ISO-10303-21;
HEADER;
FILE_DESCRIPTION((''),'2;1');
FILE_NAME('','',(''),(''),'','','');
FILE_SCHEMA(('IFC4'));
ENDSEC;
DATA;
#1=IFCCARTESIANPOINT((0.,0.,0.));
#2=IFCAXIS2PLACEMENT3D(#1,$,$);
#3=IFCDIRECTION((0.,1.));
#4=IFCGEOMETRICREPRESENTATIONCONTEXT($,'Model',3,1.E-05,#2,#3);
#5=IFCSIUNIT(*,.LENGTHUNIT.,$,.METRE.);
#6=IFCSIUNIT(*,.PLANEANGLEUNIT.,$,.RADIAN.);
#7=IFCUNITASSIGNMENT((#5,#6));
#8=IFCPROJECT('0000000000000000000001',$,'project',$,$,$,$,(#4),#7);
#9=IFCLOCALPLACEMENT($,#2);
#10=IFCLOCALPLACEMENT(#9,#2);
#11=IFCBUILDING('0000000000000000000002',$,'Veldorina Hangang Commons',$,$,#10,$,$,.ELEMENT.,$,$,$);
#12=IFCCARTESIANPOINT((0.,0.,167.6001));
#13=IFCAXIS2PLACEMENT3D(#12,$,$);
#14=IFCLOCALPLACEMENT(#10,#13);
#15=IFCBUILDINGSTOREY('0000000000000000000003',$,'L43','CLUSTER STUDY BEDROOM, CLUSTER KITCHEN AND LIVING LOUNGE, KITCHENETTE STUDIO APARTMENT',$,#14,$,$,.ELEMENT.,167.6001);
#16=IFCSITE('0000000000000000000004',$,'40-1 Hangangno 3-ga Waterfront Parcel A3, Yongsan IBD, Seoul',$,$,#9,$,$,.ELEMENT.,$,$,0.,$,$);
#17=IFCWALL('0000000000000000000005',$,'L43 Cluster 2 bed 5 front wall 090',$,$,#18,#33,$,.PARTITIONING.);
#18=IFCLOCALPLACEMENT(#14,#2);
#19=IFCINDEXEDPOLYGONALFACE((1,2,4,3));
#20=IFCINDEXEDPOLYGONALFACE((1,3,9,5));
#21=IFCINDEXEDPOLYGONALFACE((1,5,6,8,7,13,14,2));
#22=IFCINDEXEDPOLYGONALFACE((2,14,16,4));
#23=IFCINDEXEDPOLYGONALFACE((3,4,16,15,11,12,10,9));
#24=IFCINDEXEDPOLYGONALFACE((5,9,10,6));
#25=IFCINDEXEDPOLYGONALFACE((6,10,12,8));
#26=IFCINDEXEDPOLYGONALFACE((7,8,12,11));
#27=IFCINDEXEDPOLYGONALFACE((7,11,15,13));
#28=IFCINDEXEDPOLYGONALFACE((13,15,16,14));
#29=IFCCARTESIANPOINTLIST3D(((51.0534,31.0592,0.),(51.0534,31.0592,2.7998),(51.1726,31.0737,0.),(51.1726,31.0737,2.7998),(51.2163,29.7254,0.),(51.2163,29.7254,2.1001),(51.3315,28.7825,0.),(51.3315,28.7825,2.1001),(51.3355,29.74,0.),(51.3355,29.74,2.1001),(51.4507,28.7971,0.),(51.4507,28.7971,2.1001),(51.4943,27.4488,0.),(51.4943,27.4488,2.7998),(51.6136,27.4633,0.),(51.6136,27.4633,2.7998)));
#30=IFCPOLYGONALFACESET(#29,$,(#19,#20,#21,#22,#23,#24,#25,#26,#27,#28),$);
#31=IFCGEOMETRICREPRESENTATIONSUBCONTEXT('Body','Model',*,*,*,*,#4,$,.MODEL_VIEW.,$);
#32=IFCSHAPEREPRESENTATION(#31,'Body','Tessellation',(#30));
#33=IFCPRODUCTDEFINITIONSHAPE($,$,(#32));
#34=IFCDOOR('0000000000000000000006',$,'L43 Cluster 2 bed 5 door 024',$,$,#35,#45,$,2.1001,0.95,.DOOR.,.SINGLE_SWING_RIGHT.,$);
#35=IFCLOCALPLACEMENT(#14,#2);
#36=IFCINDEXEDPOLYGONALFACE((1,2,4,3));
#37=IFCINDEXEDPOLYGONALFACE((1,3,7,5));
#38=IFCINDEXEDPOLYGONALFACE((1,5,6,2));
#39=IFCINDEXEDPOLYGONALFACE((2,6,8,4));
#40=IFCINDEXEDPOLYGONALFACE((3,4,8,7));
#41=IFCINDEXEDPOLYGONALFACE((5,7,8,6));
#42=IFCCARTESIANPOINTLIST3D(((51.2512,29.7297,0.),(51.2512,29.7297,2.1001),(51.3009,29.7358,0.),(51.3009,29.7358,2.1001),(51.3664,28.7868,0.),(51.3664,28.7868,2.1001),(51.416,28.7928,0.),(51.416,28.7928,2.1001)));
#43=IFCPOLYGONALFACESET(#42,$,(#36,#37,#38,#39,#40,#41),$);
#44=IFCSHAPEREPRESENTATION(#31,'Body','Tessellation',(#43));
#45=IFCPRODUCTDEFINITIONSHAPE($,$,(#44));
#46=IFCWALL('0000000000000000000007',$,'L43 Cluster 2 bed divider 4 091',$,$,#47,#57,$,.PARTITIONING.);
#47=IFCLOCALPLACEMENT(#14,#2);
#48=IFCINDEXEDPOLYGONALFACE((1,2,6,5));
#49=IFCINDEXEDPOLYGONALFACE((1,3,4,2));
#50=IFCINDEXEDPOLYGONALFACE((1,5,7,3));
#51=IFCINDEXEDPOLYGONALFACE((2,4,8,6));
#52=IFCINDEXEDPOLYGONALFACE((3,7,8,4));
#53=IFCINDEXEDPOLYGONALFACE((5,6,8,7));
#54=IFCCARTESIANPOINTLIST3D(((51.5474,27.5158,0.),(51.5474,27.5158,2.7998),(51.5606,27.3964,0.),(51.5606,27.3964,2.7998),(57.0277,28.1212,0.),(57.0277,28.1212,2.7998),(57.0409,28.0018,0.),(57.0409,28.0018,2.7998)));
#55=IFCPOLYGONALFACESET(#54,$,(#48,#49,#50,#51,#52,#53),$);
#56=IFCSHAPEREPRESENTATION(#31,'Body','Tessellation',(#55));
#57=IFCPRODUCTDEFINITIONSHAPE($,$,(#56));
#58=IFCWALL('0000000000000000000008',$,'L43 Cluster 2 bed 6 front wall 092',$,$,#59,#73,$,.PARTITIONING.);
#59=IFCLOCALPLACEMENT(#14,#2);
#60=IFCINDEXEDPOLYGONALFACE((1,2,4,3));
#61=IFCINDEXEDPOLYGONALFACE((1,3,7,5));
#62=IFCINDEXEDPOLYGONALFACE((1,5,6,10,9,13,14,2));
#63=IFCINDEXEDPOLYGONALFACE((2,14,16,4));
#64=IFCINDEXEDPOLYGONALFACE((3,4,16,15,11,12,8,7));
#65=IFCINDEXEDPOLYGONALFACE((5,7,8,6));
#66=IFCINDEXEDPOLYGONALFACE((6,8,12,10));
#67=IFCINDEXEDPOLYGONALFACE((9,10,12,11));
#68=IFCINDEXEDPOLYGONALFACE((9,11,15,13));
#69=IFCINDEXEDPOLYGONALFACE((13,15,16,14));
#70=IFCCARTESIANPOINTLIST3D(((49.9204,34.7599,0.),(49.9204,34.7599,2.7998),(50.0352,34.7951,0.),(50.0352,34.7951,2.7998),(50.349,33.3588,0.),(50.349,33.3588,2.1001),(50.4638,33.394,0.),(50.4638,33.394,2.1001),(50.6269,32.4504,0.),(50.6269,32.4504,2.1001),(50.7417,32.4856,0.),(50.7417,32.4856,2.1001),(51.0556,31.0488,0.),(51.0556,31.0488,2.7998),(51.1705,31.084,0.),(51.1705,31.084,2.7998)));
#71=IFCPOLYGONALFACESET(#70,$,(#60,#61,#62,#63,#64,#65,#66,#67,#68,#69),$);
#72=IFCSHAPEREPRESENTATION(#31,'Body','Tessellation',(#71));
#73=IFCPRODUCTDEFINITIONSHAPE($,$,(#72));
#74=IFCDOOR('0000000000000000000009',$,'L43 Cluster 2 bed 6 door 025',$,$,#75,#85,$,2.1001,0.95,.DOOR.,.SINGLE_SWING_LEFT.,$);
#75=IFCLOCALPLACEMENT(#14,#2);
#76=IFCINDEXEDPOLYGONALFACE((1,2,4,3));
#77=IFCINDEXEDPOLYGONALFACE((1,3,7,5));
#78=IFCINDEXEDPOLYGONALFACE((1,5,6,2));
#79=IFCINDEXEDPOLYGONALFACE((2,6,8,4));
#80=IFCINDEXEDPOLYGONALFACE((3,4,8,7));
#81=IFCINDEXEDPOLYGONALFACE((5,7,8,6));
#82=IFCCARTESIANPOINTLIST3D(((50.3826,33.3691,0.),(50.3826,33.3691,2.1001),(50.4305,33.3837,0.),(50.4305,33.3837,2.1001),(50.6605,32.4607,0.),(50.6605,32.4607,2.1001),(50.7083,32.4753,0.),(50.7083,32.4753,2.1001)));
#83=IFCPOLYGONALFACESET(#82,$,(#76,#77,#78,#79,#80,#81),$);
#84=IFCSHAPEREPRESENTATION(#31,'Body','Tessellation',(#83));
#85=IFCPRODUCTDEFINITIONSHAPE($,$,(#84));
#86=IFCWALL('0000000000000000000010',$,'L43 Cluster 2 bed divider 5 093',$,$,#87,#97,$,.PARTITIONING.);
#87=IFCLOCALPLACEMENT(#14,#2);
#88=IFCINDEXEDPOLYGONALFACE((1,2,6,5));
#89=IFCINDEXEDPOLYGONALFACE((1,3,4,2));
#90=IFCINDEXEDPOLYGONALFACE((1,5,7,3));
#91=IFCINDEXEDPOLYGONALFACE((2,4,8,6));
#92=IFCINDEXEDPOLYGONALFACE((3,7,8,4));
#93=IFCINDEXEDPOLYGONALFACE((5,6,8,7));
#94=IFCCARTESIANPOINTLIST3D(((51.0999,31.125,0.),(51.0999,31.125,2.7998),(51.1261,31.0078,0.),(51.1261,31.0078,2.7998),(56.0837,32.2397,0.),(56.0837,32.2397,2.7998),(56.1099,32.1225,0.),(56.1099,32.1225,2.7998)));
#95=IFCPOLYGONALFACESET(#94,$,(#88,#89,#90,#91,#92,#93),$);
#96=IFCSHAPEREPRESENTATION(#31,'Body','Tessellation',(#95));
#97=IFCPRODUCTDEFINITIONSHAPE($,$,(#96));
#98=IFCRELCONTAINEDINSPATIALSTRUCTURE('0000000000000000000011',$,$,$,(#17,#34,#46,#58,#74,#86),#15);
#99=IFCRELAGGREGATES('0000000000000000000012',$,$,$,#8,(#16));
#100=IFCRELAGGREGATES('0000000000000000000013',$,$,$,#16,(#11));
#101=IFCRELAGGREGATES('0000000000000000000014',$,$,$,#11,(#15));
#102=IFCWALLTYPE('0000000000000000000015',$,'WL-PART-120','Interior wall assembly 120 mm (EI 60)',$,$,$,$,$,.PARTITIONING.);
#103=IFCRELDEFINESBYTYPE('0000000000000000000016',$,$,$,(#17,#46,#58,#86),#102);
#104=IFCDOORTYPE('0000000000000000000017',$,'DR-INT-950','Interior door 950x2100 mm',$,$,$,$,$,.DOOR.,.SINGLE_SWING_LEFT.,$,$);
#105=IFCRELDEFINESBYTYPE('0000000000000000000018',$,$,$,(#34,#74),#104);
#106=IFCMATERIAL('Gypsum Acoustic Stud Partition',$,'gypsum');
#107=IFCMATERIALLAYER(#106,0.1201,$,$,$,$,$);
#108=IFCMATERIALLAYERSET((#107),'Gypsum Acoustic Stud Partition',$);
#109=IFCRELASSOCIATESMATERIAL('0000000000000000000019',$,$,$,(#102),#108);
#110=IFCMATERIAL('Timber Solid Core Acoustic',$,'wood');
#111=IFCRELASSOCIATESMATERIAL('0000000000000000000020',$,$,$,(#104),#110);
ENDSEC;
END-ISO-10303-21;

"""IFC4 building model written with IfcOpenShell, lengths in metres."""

from ifc_helpers import new_model, si_unit, direction, frame, frame_2d, origin, place, context, subcontext, project, spatial, rectangle, extrude, material, layer, layer_set, type_object, element, fill, save


model = new_model("IFC4")

# Units and contexts
model_context = context("Model", 3, precision=1e-05, world=origin(), true_north=direction((0.0, 1.0)))
body_context = subcontext(model_context, "Body", "Model", "MODEL_VIEW")
ifc_project = project(units=[si_unit("LENGTHUNIT", "METRE"), si_unit("PLANEANGLEUNIT", "RADIAN")], contexts=[model_context])

# Site, building, storey
site_placement = place(None, origin())
site = spatial("IfcSite", under=ifc_project, at=site_placement, Name="40-1 Hangangno 3-ga Waterfront Parcel A3, Yongsan IBD, Seoul", CompositionType="ELEMENT", RefElevation=0.0)
building_placement = place(site_placement, origin())
building = spatial("IfcBuilding", under=site, at=building_placement, Name="Veldorina Hangang Commons", CompositionType="ELEMENT")
storey_placement = place(building_placement, frame((0.0, 0.0, 167.6001)))
storey = spatial("IfcBuildingStorey", under=building, at=storey_placement, Name="L43", Description="CLUSTER STUDY BEDROOM, CLUSTER KITCHEN AND LIVING LOUNGE, KITCHENETTE STUDIO APARTMENT", CompositionType="ELEMENT", Elevation=167.6001)

# Shared definitions
ifc_material_1 = material(Name="Gypsum Acoustic Stud Partition", Category="gypsum")
ifc_layer_1 = layer(ifc_material_1, 0.1201)
ifc_layer_set_1 = layer_set([ifc_layer_1], Name="Gypsum Acoustic Stud Partition")
wall_type_1 = type_object("IfcWallType", Name="WL-PART-120", Description="Interior wall assembly 120 mm (EI 60)", PredefinedType="PARTITIONING", material=ifc_layer_set_1)
ifc_material_2 = material(Name="Timber Solid Core Acoustic", Category="wood")
door_type = type_object("IfcDoorType", Name="DR-INT-950", Description="Interior door 950x2100 mm", OperationType="SINGLE_SWING_LEFT", PredefinedType="DOOR", material=ifc_material_2)

# Wall, opening, door
wall_1_placement = place(storey_placement, frame((51.554, 27.4561, 0.0), z_axis=(0.0, 0.0, 1.0), x_axis=(-0.121225, 0.992625, 0.0)))
wall_1 = element("IfcWall", 1, at=wall_1_placement, inside=storey, type_object=wall_type_1, Name="L43 Cluster 2 bed 5 front wall 090", PredefinedType="PARTITIONING", context=body_context, shape_type="SweptSolid", body=[
    extrude(rectangle(XDim=3.6372, YDim=0.1201, at=frame_2d((1.8186, 0.0))), origin(), (0.0, 0.0, 1.0), 2.7998),
])
opening_1_placement = place(wall_1_placement, frame((1.3435, 0.0, 0.0)))
opening_1 = element("IfcOpeningElement", 2, at=opening_1_placement, cuts=wall_1, PredefinedType="OPENING", context=body_context, shape_type="SweptSolid", body=[
    extrude(rectangle(XDim=0.95, YDim=2.1001, at=frame_2d((0.4751, 1.05))), frame((0.0, 0.0701, 0.0), z_axis=(0.0, -1.0, 0.0), x_axis=(1.0, 0.0, 0.0)), (0.0, 0.0, 1.0), 0.1401),
])
door_1_placement = place(opening_1_placement, origin())
door_1 = element("IfcDoor", 3, at=door_1_placement, inside=storey, type_object=door_type, Name="L43 Cluster 2 bed 5 door 024", OperationType="SINGLE_SWING_RIGHT", OverallHeight=2.1001, OverallWidth=0.95, PredefinedType="DOOR", context=body_context, shape_type="SweptSolid", body=[
    extrude(rectangle(XDim=0.95, YDim=2.1001, at=frame_2d((0.4751, 1.05))), frame((0.0, 0.0249, 0.0), z_axis=(0.0, -1.0, 0.0), x_axis=(1.0, 0.0, 0.0)), (0.0, 0.0, 1.0), 0.05),
])
fill(opening_1, door_1)

# Wall
wall_2_placement = place(storey_placement, frame((51.554, 27.4561, 0.0), z_axis=(0.0, 0.0, 1.0), x_axis=(0.993952, 0.109814, 0.0)))
element("IfcWall", 4, at=wall_2_placement, inside=storey, type_object=wall_type_1, Name="L43 Cluster 2 bed divider 4 091", PredefinedType="PARTITIONING", context=body_context, shape_type="SweptSolid", body=[
    extrude(rectangle(XDim=5.5137, YDim=0.1201, at=frame_2d((2.7568, 0.0))), origin(), (0.0, 0.0, 1.0), 2.7998),
])

# Wall, opening, door
wall_3_placement = place(storey_placement, frame((51.113, 31.0664, 0.0), z_axis=(0.0, 0.0, 1.0), x_axis=(-0.292521, 0.956259, 0.0)))
wall_3 = element("IfcWall", 5, at=wall_3_placement, inside=storey, type_object=wall_type_1, Name="L43 Cluster 2 bed 6 front wall 092", PredefinedType="PARTITIONING", context=body_context, shape_type="SweptSolid", body=[
    extrude(rectangle(XDim=3.8809, YDim=0.1201, at=frame_2d((1.9404, 0.0))), origin(), (0.0, 0.0, 1.0), 2.7998),
])
opening_2_placement = place(wall_3_placement, frame((1.4656, 0.0, 0.0)))
opening_2 = element("IfcOpeningElement", 6, at=opening_2_placement, cuts=wall_3, PredefinedType="OPENING", context=body_context, shape_type="SweptSolid", body=[
    extrude(rectangle(XDim=0.95, YDim=2.1001, at=frame_2d((0.4751, 1.05))), frame((0.0, 0.0701, 0.0), z_axis=(0.0, -1.0, 0.0), x_axis=(1.0, 0.0, 0.0)), (0.0, 0.0, 1.0), 0.1401),
])
door_2_placement = place(opening_2_placement, origin())
door_2 = element("IfcDoor", 7, at=door_2_placement, inside=storey, type_object=door_type, Name="L43 Cluster 2 bed 6 door 025", OperationType="SINGLE_SWING_LEFT", OverallHeight=2.1001, OverallWidth=0.95, PredefinedType="DOOR", context=body_context, shape_type="SweptSolid", body=[
    extrude(rectangle(XDim=0.95, YDim=2.1001, at=frame_2d((0.4751, 1.05))), frame((0.0, 0.0249, 0.0), z_axis=(0.0, -1.0, 0.0), x_axis=(1.0, 0.0, 0.0)), (0.0, 0.0, 1.0), 0.05),
])
fill(opening_2, door_2)

# Wall
wall_4_placement = place(storey_placement, frame((51.113, 31.0664, 0.0), z_axis=(0.0, 0.0, 1.0), x_axis=(0.975887, 0.218277, 0.0)))
element("IfcWall", 8, at=wall_4_placement, inside=storey, type_object=wall_type_1, Name="L43 Cluster 2 bed divider 5 093", PredefinedType="PARTITIONING", context=body_context, shape_type="SweptSolid", body=[
    extrude(rectangle(XDim=5.1069, YDim=0.1201, at=frame_2d((2.5535, 0.0))), origin(), (0.0, 0.0, 1.0), 2.7998),
])

save(model, "model.ifc")
